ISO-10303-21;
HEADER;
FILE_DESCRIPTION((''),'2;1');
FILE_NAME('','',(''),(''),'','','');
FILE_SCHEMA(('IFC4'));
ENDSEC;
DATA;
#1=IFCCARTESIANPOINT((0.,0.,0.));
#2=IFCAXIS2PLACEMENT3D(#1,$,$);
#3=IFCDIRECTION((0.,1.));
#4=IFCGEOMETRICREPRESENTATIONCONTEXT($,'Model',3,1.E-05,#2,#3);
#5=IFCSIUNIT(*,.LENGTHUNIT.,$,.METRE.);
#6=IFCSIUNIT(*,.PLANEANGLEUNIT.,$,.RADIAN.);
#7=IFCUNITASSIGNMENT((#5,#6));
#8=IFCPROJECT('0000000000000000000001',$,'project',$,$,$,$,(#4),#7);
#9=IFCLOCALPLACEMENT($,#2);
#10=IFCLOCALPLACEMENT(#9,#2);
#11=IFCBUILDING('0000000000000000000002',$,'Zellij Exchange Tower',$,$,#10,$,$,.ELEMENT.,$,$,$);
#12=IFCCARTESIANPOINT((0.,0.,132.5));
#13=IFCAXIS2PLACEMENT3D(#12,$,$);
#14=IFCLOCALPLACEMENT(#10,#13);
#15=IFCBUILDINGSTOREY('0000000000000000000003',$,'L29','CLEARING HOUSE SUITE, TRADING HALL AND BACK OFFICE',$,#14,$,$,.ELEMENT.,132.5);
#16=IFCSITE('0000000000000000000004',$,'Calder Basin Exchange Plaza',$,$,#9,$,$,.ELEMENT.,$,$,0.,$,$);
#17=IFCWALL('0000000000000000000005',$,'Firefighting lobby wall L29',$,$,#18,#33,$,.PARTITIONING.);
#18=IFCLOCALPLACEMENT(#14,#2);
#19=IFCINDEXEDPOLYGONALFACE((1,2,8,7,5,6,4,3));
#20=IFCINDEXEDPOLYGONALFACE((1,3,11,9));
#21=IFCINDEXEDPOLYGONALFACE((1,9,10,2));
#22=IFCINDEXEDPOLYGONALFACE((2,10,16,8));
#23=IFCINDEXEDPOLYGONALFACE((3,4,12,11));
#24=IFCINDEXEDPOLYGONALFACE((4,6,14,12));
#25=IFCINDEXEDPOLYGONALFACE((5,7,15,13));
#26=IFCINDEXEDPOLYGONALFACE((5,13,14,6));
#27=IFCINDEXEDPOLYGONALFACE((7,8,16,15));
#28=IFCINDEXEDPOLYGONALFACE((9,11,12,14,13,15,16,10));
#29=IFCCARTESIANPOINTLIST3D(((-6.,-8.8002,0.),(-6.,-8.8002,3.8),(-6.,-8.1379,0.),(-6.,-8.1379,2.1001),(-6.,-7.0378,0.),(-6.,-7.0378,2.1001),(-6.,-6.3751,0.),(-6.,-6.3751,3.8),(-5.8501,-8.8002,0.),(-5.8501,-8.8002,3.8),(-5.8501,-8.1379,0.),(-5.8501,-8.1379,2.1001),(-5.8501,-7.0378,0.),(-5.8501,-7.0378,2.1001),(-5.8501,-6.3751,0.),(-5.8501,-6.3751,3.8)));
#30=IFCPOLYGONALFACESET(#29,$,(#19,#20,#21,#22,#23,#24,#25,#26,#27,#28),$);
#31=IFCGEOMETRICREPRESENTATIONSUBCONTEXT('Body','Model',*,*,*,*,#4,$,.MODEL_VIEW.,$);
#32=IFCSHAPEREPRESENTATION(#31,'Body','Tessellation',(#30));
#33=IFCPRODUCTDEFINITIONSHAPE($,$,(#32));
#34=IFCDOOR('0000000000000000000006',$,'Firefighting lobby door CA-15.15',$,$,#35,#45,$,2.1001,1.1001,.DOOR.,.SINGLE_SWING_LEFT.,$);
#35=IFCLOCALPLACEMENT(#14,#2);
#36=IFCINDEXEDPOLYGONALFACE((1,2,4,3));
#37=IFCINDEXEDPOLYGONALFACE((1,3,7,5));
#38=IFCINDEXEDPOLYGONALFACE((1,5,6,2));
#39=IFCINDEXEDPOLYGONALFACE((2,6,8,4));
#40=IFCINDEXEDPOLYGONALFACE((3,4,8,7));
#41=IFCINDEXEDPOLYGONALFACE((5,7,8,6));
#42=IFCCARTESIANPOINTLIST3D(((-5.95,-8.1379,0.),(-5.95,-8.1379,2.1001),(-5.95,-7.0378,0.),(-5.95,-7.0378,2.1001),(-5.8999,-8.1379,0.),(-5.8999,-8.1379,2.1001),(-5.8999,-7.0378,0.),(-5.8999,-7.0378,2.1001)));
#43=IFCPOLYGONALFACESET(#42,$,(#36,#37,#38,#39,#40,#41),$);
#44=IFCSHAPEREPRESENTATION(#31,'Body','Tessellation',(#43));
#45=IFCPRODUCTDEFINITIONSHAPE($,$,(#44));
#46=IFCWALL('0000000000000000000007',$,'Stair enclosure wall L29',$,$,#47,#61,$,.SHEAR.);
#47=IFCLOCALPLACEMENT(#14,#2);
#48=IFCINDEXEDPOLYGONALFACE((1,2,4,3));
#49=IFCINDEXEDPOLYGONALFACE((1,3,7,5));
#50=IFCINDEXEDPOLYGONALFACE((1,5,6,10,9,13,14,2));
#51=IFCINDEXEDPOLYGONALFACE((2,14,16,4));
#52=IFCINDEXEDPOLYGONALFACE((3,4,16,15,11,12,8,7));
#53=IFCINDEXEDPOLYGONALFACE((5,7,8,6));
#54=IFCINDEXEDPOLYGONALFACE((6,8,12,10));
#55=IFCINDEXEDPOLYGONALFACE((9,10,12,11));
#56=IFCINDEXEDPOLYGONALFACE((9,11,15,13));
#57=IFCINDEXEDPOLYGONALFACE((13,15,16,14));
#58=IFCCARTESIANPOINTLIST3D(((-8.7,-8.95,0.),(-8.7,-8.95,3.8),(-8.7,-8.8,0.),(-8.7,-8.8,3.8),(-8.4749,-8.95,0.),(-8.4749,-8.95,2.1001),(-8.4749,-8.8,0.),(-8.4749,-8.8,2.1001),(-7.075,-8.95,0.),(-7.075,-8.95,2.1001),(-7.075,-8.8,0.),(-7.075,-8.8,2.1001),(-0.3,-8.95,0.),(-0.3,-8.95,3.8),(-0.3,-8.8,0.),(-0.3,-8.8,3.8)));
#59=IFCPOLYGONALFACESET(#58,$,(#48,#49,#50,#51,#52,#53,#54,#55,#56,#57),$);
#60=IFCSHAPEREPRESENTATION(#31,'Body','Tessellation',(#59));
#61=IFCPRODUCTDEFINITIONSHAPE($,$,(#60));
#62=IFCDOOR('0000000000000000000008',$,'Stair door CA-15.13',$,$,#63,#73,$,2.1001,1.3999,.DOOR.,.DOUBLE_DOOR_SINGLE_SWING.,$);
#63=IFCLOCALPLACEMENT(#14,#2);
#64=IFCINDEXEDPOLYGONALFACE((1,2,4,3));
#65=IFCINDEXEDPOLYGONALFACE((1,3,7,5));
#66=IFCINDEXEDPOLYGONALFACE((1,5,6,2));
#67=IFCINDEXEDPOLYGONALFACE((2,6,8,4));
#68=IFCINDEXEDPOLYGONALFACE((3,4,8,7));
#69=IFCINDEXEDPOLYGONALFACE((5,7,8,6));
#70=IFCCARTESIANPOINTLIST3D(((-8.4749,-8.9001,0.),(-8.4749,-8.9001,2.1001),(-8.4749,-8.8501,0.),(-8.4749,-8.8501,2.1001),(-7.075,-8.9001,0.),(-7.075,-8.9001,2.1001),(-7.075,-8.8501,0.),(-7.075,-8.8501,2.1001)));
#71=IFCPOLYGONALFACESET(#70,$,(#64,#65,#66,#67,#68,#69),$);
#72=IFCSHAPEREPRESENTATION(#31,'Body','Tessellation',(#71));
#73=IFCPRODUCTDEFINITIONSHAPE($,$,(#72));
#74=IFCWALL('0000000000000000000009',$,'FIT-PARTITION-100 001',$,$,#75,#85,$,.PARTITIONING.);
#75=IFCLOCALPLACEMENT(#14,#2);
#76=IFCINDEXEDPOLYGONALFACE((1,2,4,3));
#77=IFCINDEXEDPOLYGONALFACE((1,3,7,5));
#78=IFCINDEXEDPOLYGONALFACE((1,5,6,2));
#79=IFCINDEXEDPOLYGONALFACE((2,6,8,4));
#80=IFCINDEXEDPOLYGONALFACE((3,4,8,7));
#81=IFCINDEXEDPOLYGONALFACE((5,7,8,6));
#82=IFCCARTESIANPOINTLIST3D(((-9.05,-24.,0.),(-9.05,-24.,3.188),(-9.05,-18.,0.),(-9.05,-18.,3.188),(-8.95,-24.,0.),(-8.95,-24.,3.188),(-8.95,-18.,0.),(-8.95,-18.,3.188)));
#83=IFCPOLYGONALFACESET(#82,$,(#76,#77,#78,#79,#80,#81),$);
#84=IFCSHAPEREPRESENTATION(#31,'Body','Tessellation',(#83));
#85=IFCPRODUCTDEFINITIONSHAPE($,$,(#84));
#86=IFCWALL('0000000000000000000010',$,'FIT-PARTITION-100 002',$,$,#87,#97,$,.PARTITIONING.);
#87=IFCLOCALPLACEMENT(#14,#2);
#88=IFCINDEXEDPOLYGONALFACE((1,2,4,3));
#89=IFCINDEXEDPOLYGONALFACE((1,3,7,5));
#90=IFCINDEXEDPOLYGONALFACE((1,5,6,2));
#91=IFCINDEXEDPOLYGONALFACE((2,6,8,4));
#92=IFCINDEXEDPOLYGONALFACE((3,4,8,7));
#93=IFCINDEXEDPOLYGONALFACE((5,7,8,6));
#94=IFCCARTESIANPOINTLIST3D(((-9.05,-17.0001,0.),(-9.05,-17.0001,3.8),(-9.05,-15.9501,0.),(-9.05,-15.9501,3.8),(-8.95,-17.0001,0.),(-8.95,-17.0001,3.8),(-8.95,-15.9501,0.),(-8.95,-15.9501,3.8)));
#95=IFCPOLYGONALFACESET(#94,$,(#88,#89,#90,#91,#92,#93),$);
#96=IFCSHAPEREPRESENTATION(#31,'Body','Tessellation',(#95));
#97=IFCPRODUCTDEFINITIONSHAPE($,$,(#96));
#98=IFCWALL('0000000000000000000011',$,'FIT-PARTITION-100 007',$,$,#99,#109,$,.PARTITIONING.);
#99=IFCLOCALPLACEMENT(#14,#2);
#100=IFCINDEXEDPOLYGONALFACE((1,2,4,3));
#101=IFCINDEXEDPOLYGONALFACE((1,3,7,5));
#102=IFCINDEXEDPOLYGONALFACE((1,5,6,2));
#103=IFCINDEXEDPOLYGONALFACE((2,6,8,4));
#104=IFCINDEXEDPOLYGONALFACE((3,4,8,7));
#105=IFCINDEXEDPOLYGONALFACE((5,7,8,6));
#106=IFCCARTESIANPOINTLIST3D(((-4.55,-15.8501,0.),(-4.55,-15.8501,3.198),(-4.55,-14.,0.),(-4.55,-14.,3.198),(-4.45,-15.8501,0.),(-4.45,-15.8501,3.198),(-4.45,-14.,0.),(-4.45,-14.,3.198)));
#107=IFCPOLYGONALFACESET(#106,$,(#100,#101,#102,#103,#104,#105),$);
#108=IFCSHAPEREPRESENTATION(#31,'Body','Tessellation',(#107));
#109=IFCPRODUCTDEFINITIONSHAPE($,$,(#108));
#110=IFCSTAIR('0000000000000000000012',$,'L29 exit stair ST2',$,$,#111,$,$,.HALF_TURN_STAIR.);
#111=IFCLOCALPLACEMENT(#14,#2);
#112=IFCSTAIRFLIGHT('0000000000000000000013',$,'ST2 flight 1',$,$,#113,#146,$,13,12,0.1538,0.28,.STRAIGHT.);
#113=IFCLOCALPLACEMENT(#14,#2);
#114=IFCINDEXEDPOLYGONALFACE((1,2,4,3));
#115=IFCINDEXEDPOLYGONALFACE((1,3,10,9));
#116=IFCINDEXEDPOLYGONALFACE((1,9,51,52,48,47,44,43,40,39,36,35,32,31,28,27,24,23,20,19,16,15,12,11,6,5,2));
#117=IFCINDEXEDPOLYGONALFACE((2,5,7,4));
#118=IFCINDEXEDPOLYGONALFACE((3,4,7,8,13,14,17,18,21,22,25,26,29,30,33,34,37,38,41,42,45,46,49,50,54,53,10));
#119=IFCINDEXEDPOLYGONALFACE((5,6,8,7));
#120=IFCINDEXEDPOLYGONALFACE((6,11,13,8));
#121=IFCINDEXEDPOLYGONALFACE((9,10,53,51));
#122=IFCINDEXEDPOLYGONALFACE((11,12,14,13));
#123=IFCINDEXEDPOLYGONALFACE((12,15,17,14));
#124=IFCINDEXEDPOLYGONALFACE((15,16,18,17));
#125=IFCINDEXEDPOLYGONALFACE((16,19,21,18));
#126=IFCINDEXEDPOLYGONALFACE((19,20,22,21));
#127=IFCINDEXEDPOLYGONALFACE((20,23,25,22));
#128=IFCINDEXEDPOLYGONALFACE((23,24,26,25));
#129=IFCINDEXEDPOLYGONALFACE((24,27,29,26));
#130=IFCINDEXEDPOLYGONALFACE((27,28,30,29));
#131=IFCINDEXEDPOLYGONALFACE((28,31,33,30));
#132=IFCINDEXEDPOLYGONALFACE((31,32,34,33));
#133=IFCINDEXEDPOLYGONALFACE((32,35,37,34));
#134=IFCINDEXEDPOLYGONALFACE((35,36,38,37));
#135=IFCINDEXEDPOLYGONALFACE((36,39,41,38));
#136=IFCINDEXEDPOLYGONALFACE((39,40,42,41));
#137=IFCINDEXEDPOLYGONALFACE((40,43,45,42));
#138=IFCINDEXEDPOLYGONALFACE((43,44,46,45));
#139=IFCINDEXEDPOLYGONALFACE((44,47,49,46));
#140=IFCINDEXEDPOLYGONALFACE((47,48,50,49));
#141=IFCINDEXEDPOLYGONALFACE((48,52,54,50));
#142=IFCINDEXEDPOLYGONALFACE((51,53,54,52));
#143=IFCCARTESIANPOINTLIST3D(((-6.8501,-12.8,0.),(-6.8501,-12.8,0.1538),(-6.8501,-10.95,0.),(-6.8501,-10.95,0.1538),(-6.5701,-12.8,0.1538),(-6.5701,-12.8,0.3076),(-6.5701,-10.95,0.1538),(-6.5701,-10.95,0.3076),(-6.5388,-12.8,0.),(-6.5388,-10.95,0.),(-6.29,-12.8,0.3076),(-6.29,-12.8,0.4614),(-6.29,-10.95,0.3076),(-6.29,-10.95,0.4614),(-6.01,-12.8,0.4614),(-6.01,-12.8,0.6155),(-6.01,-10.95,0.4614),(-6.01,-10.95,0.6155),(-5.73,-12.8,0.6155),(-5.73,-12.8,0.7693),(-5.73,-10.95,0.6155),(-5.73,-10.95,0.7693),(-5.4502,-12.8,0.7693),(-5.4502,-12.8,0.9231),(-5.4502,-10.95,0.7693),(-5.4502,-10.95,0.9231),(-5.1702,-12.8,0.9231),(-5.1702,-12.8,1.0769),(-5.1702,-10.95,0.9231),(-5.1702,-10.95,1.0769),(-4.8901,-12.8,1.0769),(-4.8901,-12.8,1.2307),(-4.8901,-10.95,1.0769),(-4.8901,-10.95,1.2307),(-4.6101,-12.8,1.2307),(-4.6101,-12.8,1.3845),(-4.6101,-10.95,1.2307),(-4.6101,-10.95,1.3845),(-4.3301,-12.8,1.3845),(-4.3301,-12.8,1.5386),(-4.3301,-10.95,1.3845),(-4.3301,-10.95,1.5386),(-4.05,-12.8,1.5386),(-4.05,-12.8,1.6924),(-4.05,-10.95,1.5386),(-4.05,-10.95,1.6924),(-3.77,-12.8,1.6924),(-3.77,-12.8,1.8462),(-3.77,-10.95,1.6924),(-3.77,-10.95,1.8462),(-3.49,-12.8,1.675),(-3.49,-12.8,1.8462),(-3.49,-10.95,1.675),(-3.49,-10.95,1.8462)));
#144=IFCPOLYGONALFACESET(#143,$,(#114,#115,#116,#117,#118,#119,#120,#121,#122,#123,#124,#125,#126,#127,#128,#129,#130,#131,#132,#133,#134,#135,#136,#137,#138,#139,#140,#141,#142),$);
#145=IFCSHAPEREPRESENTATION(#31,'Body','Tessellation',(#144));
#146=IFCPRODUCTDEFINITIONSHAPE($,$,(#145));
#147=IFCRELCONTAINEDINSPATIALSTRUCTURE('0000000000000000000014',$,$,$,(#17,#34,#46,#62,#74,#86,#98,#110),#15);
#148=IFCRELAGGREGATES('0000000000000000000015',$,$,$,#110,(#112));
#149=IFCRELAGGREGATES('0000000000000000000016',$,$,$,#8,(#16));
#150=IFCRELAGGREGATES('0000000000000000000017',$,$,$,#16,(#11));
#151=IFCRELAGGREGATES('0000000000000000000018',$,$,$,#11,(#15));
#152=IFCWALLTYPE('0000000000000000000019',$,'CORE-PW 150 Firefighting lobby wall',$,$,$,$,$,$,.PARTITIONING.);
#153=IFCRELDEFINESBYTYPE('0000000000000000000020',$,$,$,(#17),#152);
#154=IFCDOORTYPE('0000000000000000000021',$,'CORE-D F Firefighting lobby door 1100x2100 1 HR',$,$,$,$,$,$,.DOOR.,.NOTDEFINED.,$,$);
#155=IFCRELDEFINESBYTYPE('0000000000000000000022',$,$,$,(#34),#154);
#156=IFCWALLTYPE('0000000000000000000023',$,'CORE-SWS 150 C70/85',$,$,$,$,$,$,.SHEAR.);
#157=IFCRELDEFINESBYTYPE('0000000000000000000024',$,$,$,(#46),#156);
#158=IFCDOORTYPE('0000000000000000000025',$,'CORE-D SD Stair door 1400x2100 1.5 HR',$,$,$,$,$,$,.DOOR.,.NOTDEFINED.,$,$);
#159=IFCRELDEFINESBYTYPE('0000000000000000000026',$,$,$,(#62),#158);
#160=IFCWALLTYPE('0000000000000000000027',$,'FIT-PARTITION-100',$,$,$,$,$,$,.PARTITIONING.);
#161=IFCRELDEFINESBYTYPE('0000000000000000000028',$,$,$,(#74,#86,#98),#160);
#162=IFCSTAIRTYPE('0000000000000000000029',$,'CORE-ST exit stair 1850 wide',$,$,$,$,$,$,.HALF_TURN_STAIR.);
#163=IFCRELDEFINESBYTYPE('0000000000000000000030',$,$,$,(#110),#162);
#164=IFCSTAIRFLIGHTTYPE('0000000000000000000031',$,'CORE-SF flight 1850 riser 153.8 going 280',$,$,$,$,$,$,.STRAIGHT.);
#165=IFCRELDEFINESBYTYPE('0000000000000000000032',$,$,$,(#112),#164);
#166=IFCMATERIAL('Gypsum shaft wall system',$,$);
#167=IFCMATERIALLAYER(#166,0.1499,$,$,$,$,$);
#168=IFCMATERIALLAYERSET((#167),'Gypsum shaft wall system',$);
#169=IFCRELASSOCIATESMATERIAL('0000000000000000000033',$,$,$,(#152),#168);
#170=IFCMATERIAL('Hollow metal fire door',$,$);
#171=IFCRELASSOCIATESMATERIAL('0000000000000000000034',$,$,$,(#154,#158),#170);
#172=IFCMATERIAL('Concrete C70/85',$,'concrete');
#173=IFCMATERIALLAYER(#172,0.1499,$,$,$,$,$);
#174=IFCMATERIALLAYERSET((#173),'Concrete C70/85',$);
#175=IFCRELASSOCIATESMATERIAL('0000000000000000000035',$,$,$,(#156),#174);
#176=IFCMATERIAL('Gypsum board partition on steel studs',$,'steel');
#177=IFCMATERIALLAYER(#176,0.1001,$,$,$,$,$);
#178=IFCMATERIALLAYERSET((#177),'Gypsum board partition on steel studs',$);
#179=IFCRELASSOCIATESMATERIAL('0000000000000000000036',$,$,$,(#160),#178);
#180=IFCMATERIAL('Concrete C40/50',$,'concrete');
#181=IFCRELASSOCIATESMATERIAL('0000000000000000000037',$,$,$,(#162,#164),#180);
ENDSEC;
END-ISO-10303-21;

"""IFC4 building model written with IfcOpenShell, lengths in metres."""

from ifc_helpers import new_model, si_unit, direction, frame, frame_2d, origin, place, context, subcontext, project, spatial, polyline, rectangle, outline, extrude, material, layer, layer_set, type_object, element, fill, aggregate, save


model = new_model("IFC4")

# Units and contexts
model_context = context("Model", 3, precision=1e-05, world=origin(), true_north=direction((0.0, 1.0)))
body_context = subcontext(model_context, "Body", "Model", "MODEL_VIEW")
ifc_project = project(units=[si_unit("LENGTHUNIT", "METRE"), si_unit("PLANEANGLEUNIT", "RADIAN")], contexts=[model_context])

# Site, building, storey
site_placement = place(None, origin())
site = spatial("IfcSite", under=ifc_project, at=site_placement, Name="Calder Basin Exchange Plaza", CompositionType="ELEMENT", RefElevation=0.0)
building_placement = place(site_placement, origin())
building = spatial("IfcBuilding", under=site, at=building_placement, Name="Zellij Exchange Tower", CompositionType="ELEMENT")
storey_placement = place(building_placement, frame((0.0, 0.0, 132.5)))
storey = spatial("IfcBuildingStorey", under=building, at=storey_placement, Name="L29", Description="CLEARING HOUSE SUITE, TRADING HALL AND BACK OFFICE", CompositionType="ELEMENT", Elevation=132.5)

# Shared definitions
ifc_material_1 = material(Name="Concrete C70/85", Category="concrete")

# Walls, openings, doors
ifc_material_2 = material(Name="Gypsum shaft wall system")
ifc_layer_1 = layer(ifc_material_2, 0.1499)
ifc_layer_set_1 = layer_set([ifc_layer_1], Name="Gypsum shaft wall system")
wall_type_1 = type_object("IfcWallType", Name="CORE-PW 150 Firefighting lobby wall", PredefinedType="PARTITIONING", material=ifc_layer_set_1)
wall_1_placement = place(storey_placement, frame((-5.925, -8.8, 0.0), z_axis=(0.0, 0.0, 1.0), x_axis=(0.0, 1.0, 0.0)))
wall_1 = element("IfcWall", 1, at=wall_1_placement, inside=storey, type_object=wall_type_1, Name="Firefighting lobby wall L29", PredefinedType="PARTITIONING", context=body_context, shape_type="SweptSolid", body=[
    extrude(rectangle(XDim=2.425, YDim=0.1499, at=frame_2d((1.2124, 0.0))), origin(), (0.0, 0.0, 1.0), 3.8),
])
opening_1_placement = place(wall_1_placement, frame((0.6621, 0.0, 0.0)))
opening_1 = element("IfcOpeningElement", 2, at=opening_1_placement, cuts=wall_1, PredefinedType="OPENING", context=body_context, shape_type="SweptSolid", body=[
    extrude(rectangle(XDim=1.1001, YDim=2.1001, at=frame_2d((0.55, 1.05))), frame((0.0, 0.0869, 0.0), z_axis=(0.0, -1.0, 0.0), x_axis=(1.0, 0.0, 0.0)), (0.0, 0.0, 1.0), 0.1738),
])
ifc_material_3 = material(Name="Hollow metal fire door")
door_type_1 = type_object("IfcDoorType", Name="CORE-D F Firefighting lobby door 1100x2100 1 HR", OperationType="NOTDEFINED", PredefinedType="DOOR", material=ifc_material_3)
door_1_placement = place(opening_1_placement, origin())
door_1 = element("IfcDoor", 3, at=door_1_placement, inside=storey, type_object=door_type_1, Name="Firefighting lobby door CA-15.15", OperationType="SINGLE_SWING_LEFT", OverallHeight=2.1001, OverallWidth=1.1001, PredefinedType="DOOR", context=body_context, shape_type="SweptSolid", body=[
    extrude(rectangle(XDim=1.1001, YDim=2.1001, at=frame_2d((0.55, 1.05))), frame((0.0, 0.0249, 0.0), z_axis=(0.0, -1.0, 0.0), x_axis=(1.0, 0.0, 0.0)), (0.0, 0.0, 1.0), 0.05),
])
fill(opening_1, door_1)
ifc_layer_2 = layer(ifc_material_1, 0.1499)
ifc_layer_set_2 = layer_set([ifc_layer_2], Name="Concrete C70/85")
wall_type_2 = type_object("IfcWallType", Name="CORE-SWS 150 C70/85", PredefinedType="SHEAR", material=ifc_layer_set_2)
wall_2_placement = place(storey_placement, frame((-8.7, -8.875, 0.0), z_axis=(0.0, 0.0, 1.0), x_axis=(1.0, 0.0, 0.0)))
wall_2 = element("IfcWall", 4, at=wall_2_placement, inside=storey, type_object=wall_type_2, Name="Stair enclosure wall L29", PredefinedType="SHEAR", context=body_context, shape_type="SweptSolid", body=[
    extrude(rectangle(XDim=8.3999, YDim=0.1499, at=frame_2d((4.2, 0.0))), origin(), (0.0, 0.0, 1.0), 3.8),
])
opening_2_placement = place(wall_2_placement, frame((0.2251, 0.0, 0.0)))
opening_2 = element("IfcOpeningElement", 5, at=opening_2_placement, cuts=wall_2, PredefinedType="OPENING", context=body_context, shape_type="SweptSolid", body=[
    extrude(rectangle(XDim=1.3999, YDim=2.1001, at=frame_2d((0.7, 1.05))), frame((0.0, 0.0869, 0.0), z_axis=(0.0, -1.0, 0.0), x_axis=(1.0, 0.0, 0.0)), (0.0, 0.0, 1.0), 0.1738),
])
door_type_2 = type_object("IfcDoorType", Name="CORE-D SD Stair door 1400x2100 1.5 HR", OperationType="NOTDEFINED", PredefinedType="DOOR", material=ifc_material_3)
door_2_placement = place(opening_2_placement, origin())
door_2 = element("IfcDoor", 6, at=door_2_placement, inside=storey, type_object=door_type_2, Name="Stair door CA-15.13", OperationType="DOUBLE_DOOR_SINGLE_SWING", OverallHeight=2.1001, OverallWidth=1.3999, PredefinedType="DOOR", context=body_context, shape_type="SweptSolid", body=[
    extrude(rectangle(XDim=1.3999, YDim=2.1001, at=frame_2d((0.7, 1.05))), frame((0.0, 0.0249, 0.0), z_axis=(0.0, -1.0, 0.0), x_axis=(1.0, 0.0, 0.0)), (0.0, 0.0, 1.0), 0.05),
])
fill(opening_2, door_2)

# Walls
ifc_material_4 = material(Name="Gypsum board partition on steel studs", Category="steel")
ifc_layer_3 = layer(ifc_material_4, 0.1001)
ifc_layer_set_3 = layer_set([ifc_layer_3], Name="Gypsum board partition on steel studs")
wall_type_3 = type_object("IfcWallType", Name="FIT-PARTITION-100", PredefinedType="PARTITIONING", material=ifc_layer_set_3)
wall_3_placement = place(storey_placement, frame((-9.0, -24.0, 0.0), z_axis=(0.0, 0.0, 1.0), x_axis=(0.0, 1.0, 0.0)))
element("IfcWall", 7, at=wall_3_placement, inside=storey, type_object=wall_type_3, Name="FIT-PARTITION-100 001", PredefinedType="PARTITIONING", context=body_context, shape_type="SweptSolid", body=[
    extrude(rectangle(XDim=6.0, YDim=0.1001, at=frame_2d((3.0, 0.0))), origin(), (0.0, 0.0, 1.0), 3.188),
])
wall_4_placement = place(storey_placement, frame((-9.0, -17.0, 0.0), z_axis=(0.0, 0.0, 1.0), x_axis=(0.0, 1.0, 0.0)))
element("IfcWall", 8, at=wall_4_placement, inside=storey, type_object=wall_type_3, Name="FIT-PARTITION-100 002", PredefinedType="PARTITIONING", context=body_context, shape_type="SweptSolid", body=[
    extrude(rectangle(XDim=1.05, YDim=0.1001, at=frame_2d((0.5249, 0.0))), origin(), (0.0, 0.0, 1.0), 3.8),
])
wall_5_placement = place(storey_placement, frame((-4.5, -15.8501, 0.0), z_axis=(0.0, 0.0, 1.0), x_axis=(0.0, 1.0, 0.0)))
element("IfcWall", 9, at=wall_5_placement, inside=storey, type_object=wall_type_3, Name="FIT-PARTITION-100 007", PredefinedType="PARTITIONING", context=body_context, shape_type="SweptSolid", body=[
    extrude(rectangle(XDim=1.8501, YDim=0.1001, at=frame_2d((0.925, 0.0))), origin(), (0.0, 0.0, 1.0), 3.198),
])

# Stair, stair flight
ifc_material_5 = material(Name="Concrete C40/50", Category="concrete")
stair_type = type_object("IfcStairType", Name="CORE-ST exit stair 1850 wide", PredefinedType="HALF_TURN_STAIR", material=ifc_material_5)
stair_placement = place(storey_placement, origin())
stair = element("IfcStair", 10, at=stair_placement, inside=storey, type_object=stair_type, Name="L29 exit stair ST2", PredefinedType="HALF_TURN_STAIR")
stair_flight_type = type_object("IfcStairFlightType", Name="CORE-SF flight 1850 riser 153.8 going 280", PredefinedType="STRAIGHT", material=ifc_material_5)
stair_flight_1_placement = place(storey_placement, frame((-6.8501, -11.875, 0.0), z_axis=(0.0, 0.0, 1.0), x_axis=(1.0, 0.0, 0.0)))
stair_flight_1 = element("IfcStairFlight", 11, at=stair_flight_1_placement, type_object=stair_flight_type, Name="ST2 flight 1", NumberOfRisers=13, NumberOfTreads=12, PredefinedType="STRAIGHT", RiserHeight=0.1538, TreadLength=0.28, context=body_context, shape_type="SweptSolid", body=[
    extrude(outline(polyline([(0.0, 0.0), (0.0, 0.1538), (0.28, 0.1538), (0.28, 0.3076), (0.5601, 0.3076), (0.5601, 0.4614), (0.8401, 0.4614), (0.8401, 0.6155), (1.1201, 0.6155), (1.1201, 0.7693), (1.3999, 0.7693), (1.3999, 0.9231), (1.6799, 0.9231), (1.6799, 1.0769), (1.96, 1.0769), (1.96, 1.2307), (2.24, 1.2307), (2.24, 1.3845), (2.52, 1.3845), (2.52, 1.5386), (2.8, 1.5386), (2.8, 1.6924), (3.0801, 1.6924), (3.0801, 1.8462), (3.3601, 1.8462), (3.3601, 2.0), (3.3601, 1.675), (0.3113, 0.0), (0.0, 0.0)])), frame((0.0, 0.925, 0.0), z_axis=(0.0, -1.0, 0.0), x_axis=(1.0, 0.0, 0.0)), (0.0, 0.0, 1.0), 1.8501),
])
aggregate(stair, [stair_flight_1])

save(model, "model.ifc")
